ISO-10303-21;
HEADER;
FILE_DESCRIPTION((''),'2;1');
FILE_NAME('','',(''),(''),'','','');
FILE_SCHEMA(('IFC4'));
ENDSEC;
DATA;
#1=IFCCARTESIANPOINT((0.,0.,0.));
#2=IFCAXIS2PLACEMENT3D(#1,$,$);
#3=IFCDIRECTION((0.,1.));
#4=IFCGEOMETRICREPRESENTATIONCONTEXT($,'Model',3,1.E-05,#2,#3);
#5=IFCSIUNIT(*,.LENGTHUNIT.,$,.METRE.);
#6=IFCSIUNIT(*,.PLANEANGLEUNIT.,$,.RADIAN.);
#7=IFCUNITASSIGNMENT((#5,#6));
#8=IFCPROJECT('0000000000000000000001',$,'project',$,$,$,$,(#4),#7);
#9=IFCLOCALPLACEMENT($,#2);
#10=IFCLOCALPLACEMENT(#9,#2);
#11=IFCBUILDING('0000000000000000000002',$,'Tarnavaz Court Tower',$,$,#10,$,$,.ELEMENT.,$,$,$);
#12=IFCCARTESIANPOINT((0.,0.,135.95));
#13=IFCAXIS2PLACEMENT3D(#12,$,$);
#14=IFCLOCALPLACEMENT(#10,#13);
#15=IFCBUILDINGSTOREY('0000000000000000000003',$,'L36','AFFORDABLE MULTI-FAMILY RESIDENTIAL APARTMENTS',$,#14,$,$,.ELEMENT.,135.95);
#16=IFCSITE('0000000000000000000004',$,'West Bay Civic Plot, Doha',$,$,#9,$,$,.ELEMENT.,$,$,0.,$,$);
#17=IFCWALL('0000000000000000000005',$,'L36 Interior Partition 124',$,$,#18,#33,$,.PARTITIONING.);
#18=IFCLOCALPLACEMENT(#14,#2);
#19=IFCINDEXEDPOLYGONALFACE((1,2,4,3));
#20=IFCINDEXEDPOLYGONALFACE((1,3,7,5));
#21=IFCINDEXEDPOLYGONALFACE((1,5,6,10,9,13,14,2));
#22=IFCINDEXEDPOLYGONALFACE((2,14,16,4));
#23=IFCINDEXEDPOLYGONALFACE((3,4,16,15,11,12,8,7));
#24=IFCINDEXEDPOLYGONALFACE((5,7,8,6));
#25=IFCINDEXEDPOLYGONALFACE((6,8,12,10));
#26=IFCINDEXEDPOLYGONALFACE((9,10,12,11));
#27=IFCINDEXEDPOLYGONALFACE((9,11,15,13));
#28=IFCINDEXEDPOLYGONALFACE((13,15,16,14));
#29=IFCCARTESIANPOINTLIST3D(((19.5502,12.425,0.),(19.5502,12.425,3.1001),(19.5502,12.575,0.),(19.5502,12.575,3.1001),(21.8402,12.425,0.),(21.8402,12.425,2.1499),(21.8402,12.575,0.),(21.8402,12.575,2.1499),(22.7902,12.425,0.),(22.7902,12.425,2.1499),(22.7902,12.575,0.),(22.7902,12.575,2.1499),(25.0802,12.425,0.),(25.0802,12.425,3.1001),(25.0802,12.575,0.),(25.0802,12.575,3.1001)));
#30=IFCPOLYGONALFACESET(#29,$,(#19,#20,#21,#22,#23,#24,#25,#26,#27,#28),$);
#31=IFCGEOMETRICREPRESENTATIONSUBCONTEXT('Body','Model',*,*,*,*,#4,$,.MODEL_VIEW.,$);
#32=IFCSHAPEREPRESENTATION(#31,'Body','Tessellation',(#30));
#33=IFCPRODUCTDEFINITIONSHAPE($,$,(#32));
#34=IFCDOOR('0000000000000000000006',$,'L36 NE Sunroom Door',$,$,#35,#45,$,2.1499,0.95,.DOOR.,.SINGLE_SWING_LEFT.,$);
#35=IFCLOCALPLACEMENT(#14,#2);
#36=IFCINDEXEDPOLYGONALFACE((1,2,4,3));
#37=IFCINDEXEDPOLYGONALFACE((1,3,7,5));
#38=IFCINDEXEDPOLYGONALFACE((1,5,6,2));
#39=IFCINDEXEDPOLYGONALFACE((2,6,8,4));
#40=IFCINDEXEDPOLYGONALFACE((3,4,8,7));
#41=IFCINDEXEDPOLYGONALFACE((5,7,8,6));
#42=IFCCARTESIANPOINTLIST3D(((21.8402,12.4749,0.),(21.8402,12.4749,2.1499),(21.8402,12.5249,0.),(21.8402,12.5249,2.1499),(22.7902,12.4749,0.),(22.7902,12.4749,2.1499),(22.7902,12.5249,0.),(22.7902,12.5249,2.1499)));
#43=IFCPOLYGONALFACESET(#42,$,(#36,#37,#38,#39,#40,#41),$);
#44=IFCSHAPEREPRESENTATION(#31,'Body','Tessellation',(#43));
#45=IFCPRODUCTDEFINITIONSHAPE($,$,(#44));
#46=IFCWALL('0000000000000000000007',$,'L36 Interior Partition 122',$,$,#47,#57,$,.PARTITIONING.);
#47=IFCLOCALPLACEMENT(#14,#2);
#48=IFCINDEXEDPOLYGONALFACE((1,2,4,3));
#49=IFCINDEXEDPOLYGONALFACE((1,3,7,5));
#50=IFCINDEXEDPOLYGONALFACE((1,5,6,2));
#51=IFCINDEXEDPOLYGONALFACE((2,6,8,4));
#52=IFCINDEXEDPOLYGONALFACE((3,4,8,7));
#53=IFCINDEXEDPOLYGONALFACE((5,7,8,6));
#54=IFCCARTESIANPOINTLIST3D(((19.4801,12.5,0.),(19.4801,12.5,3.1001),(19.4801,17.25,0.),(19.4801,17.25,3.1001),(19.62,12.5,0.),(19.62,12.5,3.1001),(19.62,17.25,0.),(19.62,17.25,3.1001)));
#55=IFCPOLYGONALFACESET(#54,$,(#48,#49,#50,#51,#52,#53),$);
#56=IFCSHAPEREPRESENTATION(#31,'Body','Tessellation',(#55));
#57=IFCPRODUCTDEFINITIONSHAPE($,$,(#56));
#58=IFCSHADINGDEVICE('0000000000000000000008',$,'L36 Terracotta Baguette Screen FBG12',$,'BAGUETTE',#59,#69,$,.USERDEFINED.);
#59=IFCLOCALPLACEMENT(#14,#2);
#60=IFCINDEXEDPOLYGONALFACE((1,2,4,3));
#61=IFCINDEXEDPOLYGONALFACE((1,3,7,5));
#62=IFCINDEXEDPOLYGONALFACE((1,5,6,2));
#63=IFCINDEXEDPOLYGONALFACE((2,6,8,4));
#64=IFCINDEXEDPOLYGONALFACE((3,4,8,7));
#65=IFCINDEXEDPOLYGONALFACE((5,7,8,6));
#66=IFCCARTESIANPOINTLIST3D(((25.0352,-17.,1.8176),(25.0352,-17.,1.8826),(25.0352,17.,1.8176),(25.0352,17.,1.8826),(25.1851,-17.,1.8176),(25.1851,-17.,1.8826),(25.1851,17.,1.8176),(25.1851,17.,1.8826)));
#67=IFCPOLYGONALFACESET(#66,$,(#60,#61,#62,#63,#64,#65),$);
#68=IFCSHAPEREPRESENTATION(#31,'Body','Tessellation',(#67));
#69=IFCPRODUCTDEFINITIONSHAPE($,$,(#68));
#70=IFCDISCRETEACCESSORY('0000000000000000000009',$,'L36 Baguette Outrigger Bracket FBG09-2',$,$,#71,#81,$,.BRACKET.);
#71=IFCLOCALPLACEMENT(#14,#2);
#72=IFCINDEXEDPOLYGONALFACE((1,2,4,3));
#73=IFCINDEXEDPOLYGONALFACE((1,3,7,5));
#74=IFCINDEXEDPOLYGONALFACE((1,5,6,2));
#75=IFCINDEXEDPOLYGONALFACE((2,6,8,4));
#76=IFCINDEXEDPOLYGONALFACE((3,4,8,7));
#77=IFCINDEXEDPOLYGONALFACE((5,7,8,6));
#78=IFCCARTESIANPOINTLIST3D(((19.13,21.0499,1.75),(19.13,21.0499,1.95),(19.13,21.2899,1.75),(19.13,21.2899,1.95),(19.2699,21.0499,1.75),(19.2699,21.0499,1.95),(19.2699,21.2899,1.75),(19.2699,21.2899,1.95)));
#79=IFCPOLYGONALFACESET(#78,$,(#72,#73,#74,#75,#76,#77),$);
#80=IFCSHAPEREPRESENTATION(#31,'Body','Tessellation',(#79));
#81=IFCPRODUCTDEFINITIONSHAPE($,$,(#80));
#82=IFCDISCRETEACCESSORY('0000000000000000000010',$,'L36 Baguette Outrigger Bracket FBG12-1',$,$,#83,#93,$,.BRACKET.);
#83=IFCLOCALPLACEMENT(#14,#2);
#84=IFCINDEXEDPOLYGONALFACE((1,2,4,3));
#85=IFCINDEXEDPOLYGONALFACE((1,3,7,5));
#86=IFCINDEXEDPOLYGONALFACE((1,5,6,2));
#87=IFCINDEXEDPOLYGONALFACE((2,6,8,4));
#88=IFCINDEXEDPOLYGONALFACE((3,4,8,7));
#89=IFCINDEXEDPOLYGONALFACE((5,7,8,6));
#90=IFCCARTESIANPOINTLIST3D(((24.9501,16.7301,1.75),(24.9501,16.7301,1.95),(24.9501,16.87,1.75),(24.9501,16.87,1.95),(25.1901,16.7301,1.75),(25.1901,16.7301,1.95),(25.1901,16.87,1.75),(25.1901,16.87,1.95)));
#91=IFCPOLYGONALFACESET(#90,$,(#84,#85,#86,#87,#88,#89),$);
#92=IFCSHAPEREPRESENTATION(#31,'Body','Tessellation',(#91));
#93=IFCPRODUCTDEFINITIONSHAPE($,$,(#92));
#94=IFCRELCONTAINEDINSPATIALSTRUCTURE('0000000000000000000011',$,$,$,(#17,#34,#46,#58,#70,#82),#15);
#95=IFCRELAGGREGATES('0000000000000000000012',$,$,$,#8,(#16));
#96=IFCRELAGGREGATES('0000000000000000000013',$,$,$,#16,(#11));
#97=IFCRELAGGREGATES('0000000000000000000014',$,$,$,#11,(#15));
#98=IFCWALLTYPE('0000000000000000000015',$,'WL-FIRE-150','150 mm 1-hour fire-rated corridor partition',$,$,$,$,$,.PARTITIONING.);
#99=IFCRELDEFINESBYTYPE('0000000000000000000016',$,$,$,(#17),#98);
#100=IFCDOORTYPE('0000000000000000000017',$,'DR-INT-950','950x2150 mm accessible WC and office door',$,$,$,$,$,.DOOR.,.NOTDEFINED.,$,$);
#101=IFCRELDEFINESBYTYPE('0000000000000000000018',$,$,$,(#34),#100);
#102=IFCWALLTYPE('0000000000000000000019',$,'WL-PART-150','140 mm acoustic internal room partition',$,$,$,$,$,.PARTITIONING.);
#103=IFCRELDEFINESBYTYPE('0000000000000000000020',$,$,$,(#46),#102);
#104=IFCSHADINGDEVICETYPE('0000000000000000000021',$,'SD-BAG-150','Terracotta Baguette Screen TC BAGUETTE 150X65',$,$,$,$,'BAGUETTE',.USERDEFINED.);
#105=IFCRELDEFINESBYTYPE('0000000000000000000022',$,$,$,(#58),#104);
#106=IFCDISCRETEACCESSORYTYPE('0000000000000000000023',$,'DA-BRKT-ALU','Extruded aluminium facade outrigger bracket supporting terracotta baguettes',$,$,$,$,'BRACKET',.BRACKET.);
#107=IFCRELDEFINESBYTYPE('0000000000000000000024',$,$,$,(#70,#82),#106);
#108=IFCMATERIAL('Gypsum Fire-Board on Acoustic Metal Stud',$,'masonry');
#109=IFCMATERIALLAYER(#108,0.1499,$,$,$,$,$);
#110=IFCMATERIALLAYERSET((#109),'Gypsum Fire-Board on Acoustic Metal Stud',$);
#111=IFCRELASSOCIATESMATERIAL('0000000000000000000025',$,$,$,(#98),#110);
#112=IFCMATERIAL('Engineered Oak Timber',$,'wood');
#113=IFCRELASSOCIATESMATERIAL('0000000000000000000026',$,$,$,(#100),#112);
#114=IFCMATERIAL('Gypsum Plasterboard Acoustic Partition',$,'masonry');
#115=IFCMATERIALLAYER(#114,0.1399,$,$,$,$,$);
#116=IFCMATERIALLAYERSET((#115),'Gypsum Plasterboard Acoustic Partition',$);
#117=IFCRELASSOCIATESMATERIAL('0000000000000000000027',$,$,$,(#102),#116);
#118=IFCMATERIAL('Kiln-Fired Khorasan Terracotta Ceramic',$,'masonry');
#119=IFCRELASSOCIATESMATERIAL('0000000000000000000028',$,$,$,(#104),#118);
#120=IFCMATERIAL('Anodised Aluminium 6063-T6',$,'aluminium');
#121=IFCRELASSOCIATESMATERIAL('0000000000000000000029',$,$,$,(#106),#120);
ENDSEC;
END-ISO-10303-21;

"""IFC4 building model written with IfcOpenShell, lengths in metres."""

from ifc_helpers import new_model, si_unit, direction, frame, frame_2d, origin, origin_2d, place, context, subcontext, project, spatial, rectangle, extrude, material, layer, layer_set, material_profile, profile_set, type_object, element, fill, save


model = new_model("IFC4")

# Units and contexts
model_context = context("Model", 3, precision=1e-05, world=origin(), true_north=direction((0.0, 1.0)))
body_context = subcontext(model_context, "Body", "Model", "MODEL_VIEW")
ifc_project = project(units=[si_unit("LENGTHUNIT", "METRE"), si_unit("PLANEANGLEUNIT", "RADIAN")], contexts=[model_context])

# Site, building, storey
site_placement = place(None, origin())
site = spatial("IfcSite", under=ifc_project, at=site_placement, Name="West Bay Civic Plot, Doha", CompositionType="ELEMENT", RefElevation=0.0)
building_placement = place(site_placement, origin())
building = spatial("IfcBuilding", under=site, at=building_placement, Name="Tarnavaz Court Tower", CompositionType="ELEMENT")
storey_placement = place(building_placement, frame((0.0, 0.0, 135.95)))
storey = spatial("IfcBuildingStorey", under=building, at=storey_placement, Name="L36", Description="AFFORDABLE MULTI-FAMILY RESIDENTIAL APARTMENTS", CompositionType="ELEMENT", Elevation=135.95)

# Wall, opening, door
ifc_material_1 = material(Name="Gypsum Fire-Board on Acoustic Metal Stud", Category="masonry")
ifc_layer_1 = layer(ifc_material_1, 0.1499)
ifc_layer_set_1 = layer_set([ifc_layer_1], Name="Gypsum Fire-Board on Acoustic Metal Stud")
wall_type_1 = type_object("IfcWallType", Name="WL-FIRE-150", Description="150 mm 1-hour fire-rated corridor partition", PredefinedType="PARTITIONING", material=ifc_layer_set_1)
wall_1_placement = place(storey_placement, frame((19.55, 12.5, 0.0), z_axis=(0.0, 0.0, 1.0), x_axis=(1.0, 0.0, 0.0)))
wall_1 = element("IfcWall", 1, at=wall_1_placement, inside=storey, type_object=wall_type_1, Name="L36 Interior Partition 124", PredefinedType="PARTITIONING", context=body_context, shape_type="SweptSolid", body=[
    extrude(rectangle(XDim=5.53, YDim=0.1499, at=frame_2d((2.7651, 0.0))), origin(), (0.0, 0.0, 1.0), 3.1001),
])
opening_1_placement = place(wall_1_placement, frame((2.29, 0.0, 0.0)))
opening_1 = element("IfcOpeningElement", 2, at=opening_1_placement, cuts=wall_1, PredefinedType="OPENING", context=body_context, shape_type="SweptSolid", body=[
    extrude(rectangle(XDim=0.95, YDim=2.1499, at=frame_2d((0.4751, 1.075))), frame((0.0, 0.085, 0.0), z_axis=(0.0, -1.0, 0.0), x_axis=(1.0, 0.0, 0.0)), (0.0, 0.0, 1.0), 0.1699),
])
ifc_material_2 = material(Name="Engineered Oak Timber", Category="wood")
door_type = type_object("IfcDoorType", Name="DR-INT-950", Description="950x2150 mm accessible WC and office door", OperationType="NOTDEFINED", PredefinedType="DOOR", material=ifc_material_2)
door_placement = place(opening_1_placement, origin())
door = element("IfcDoor", 3, at=door_placement, inside=storey, type_object=door_type, Name="L36 NE Sunroom Door", OperationType="SINGLE_SWING_LEFT", OverallHeight=2.1499, OverallWidth=0.95, PredefinedType="DOOR", context=body_context, shape_type="SweptSolid", body=[
    extrude(rectangle(XDim=0.95, YDim=2.1499, at=frame_2d((0.4751, 1.075))), frame((0.0, 0.0249, 0.0), z_axis=(0.0, -1.0, 0.0), x_axis=(1.0, 0.0, 0.0)), (0.0, 0.0, 1.0), 0.05),
])
fill(opening_1, door)

# Wall
ifc_material_3 = material(Name="Gypsum Plasterboard Acoustic Partition", Category="masonry")
ifc_layer_2 = layer(ifc_material_3, 0.1399)
ifc_layer_set_2 = layer_set([ifc_layer_2], Name="Gypsum Plasterboard Acoustic Partition")
wall_type_2 = type_object("IfcWallType", Name="WL-PART-150", Description="140 mm acoustic internal room partition", PredefinedType="PARTITIONING", material=ifc_layer_set_2)
wall_2_placement = place(storey_placement, frame((19.55, 12.5, 0.0), z_axis=(0.0, 0.0, 1.0), x_axis=(0.0, 1.0, 0.0)))
element("IfcWall", 4, at=wall_2_placement, inside=storey, type_object=wall_type_2, Name="L36 Interior Partition 122", PredefinedType="PARTITIONING", context=body_context, shape_type="SweptSolid", body=[
    extrude(rectangle(XDim=4.75, YDim=0.1399, at=frame_2d((2.375, 0.0))), origin(), (0.0, 0.0, 1.0), 3.1001),
])

# Shading device
ifc_material_4 = material(Name="Kiln-Fired Khorasan Terracotta Ceramic", Category="masonry")
ifc_material_profile_1 = material_profile(ifc_material_4, rectangle(XDim=0.1499, YDim=0.0649, at=origin_2d()), Name="TC BAGUETTE 150X65")
ifc_profile_set_1 = profile_set([ifc_material_profile_1], Name="Kiln-Fired Khorasan Terracotta Ceramic")
shading_device_type = type_object("IfcShadingDeviceType", Name="SD-BAG-150", Description="Terracotta Baguette Screen TC BAGUETTE 150X65", ElementType="BAGUETTE", PredefinedType="USERDEFINED", material=ifc_profile_set_1)
shading_device_placement = place(storey_placement, frame((25.1101, 17.0, 1.8501), z_axis=(0.0, -1.0, 0.0), x_axis=(1.0, 0.0, 0.0)))
element("IfcShadingDevice", 5, at=shading_device_placement, inside=storey, type_object=shading_device_type, Name="L36 Terracotta Baguette Screen FBG12", ObjectType="BAGUETTE", PredefinedType="USERDEFINED", context=body_context, shape_type="SweptSolid", body=[
    extrude(rectangle(XDim=0.1499, YDim=0.0649, at=origin_2d()), origin(), (0.0, 0.0, 1.0), 34.0),
])

# Discrete accessories
ifc_material_5 = material(Name="Anodised Aluminium 6063-T6", Category="aluminium")
discrete_accessory_type = type_object("IfcDiscreteAccessoryType", Name="DA-BRKT-ALU", Description="Extruded aluminium facade outrigger bracket supporting terracotta baguettes", ElementType="BRACKET", PredefinedType="BRACKET", material=ifc_material_5)
for number, where, z_axis, x_axis, name in (
    (6, (19.2, 21.1699, 1.75), (0.0, 0.0, 1.0), (1.0, 0.0, 0.0), "L36 Baguette Outrigger Bracket FBG09-2"),
    (7, (25.0701, 16.8, 1.75), (0.0, 0.0, 1.0), (0.0, -1.0, 0.0), "L36 Baguette Outrigger Bracket FBG12-1"),
):
    element("IfcDiscreteAccessory", number, at=place(storey_placement, frame(where, z_axis=z_axis, x_axis=x_axis)), inside=storey, type_object=discrete_accessory_type, Name=name, PredefinedType="BRACKET", context=body_context, shape_type="SweptSolid", body=[
        extrude(rectangle(XDim=0.1399, YDim=0.24, at=origin_2d()), origin(), (0.0, 0.0, 1.0), 0.2),
    ])

save(model, "model.ifc")
